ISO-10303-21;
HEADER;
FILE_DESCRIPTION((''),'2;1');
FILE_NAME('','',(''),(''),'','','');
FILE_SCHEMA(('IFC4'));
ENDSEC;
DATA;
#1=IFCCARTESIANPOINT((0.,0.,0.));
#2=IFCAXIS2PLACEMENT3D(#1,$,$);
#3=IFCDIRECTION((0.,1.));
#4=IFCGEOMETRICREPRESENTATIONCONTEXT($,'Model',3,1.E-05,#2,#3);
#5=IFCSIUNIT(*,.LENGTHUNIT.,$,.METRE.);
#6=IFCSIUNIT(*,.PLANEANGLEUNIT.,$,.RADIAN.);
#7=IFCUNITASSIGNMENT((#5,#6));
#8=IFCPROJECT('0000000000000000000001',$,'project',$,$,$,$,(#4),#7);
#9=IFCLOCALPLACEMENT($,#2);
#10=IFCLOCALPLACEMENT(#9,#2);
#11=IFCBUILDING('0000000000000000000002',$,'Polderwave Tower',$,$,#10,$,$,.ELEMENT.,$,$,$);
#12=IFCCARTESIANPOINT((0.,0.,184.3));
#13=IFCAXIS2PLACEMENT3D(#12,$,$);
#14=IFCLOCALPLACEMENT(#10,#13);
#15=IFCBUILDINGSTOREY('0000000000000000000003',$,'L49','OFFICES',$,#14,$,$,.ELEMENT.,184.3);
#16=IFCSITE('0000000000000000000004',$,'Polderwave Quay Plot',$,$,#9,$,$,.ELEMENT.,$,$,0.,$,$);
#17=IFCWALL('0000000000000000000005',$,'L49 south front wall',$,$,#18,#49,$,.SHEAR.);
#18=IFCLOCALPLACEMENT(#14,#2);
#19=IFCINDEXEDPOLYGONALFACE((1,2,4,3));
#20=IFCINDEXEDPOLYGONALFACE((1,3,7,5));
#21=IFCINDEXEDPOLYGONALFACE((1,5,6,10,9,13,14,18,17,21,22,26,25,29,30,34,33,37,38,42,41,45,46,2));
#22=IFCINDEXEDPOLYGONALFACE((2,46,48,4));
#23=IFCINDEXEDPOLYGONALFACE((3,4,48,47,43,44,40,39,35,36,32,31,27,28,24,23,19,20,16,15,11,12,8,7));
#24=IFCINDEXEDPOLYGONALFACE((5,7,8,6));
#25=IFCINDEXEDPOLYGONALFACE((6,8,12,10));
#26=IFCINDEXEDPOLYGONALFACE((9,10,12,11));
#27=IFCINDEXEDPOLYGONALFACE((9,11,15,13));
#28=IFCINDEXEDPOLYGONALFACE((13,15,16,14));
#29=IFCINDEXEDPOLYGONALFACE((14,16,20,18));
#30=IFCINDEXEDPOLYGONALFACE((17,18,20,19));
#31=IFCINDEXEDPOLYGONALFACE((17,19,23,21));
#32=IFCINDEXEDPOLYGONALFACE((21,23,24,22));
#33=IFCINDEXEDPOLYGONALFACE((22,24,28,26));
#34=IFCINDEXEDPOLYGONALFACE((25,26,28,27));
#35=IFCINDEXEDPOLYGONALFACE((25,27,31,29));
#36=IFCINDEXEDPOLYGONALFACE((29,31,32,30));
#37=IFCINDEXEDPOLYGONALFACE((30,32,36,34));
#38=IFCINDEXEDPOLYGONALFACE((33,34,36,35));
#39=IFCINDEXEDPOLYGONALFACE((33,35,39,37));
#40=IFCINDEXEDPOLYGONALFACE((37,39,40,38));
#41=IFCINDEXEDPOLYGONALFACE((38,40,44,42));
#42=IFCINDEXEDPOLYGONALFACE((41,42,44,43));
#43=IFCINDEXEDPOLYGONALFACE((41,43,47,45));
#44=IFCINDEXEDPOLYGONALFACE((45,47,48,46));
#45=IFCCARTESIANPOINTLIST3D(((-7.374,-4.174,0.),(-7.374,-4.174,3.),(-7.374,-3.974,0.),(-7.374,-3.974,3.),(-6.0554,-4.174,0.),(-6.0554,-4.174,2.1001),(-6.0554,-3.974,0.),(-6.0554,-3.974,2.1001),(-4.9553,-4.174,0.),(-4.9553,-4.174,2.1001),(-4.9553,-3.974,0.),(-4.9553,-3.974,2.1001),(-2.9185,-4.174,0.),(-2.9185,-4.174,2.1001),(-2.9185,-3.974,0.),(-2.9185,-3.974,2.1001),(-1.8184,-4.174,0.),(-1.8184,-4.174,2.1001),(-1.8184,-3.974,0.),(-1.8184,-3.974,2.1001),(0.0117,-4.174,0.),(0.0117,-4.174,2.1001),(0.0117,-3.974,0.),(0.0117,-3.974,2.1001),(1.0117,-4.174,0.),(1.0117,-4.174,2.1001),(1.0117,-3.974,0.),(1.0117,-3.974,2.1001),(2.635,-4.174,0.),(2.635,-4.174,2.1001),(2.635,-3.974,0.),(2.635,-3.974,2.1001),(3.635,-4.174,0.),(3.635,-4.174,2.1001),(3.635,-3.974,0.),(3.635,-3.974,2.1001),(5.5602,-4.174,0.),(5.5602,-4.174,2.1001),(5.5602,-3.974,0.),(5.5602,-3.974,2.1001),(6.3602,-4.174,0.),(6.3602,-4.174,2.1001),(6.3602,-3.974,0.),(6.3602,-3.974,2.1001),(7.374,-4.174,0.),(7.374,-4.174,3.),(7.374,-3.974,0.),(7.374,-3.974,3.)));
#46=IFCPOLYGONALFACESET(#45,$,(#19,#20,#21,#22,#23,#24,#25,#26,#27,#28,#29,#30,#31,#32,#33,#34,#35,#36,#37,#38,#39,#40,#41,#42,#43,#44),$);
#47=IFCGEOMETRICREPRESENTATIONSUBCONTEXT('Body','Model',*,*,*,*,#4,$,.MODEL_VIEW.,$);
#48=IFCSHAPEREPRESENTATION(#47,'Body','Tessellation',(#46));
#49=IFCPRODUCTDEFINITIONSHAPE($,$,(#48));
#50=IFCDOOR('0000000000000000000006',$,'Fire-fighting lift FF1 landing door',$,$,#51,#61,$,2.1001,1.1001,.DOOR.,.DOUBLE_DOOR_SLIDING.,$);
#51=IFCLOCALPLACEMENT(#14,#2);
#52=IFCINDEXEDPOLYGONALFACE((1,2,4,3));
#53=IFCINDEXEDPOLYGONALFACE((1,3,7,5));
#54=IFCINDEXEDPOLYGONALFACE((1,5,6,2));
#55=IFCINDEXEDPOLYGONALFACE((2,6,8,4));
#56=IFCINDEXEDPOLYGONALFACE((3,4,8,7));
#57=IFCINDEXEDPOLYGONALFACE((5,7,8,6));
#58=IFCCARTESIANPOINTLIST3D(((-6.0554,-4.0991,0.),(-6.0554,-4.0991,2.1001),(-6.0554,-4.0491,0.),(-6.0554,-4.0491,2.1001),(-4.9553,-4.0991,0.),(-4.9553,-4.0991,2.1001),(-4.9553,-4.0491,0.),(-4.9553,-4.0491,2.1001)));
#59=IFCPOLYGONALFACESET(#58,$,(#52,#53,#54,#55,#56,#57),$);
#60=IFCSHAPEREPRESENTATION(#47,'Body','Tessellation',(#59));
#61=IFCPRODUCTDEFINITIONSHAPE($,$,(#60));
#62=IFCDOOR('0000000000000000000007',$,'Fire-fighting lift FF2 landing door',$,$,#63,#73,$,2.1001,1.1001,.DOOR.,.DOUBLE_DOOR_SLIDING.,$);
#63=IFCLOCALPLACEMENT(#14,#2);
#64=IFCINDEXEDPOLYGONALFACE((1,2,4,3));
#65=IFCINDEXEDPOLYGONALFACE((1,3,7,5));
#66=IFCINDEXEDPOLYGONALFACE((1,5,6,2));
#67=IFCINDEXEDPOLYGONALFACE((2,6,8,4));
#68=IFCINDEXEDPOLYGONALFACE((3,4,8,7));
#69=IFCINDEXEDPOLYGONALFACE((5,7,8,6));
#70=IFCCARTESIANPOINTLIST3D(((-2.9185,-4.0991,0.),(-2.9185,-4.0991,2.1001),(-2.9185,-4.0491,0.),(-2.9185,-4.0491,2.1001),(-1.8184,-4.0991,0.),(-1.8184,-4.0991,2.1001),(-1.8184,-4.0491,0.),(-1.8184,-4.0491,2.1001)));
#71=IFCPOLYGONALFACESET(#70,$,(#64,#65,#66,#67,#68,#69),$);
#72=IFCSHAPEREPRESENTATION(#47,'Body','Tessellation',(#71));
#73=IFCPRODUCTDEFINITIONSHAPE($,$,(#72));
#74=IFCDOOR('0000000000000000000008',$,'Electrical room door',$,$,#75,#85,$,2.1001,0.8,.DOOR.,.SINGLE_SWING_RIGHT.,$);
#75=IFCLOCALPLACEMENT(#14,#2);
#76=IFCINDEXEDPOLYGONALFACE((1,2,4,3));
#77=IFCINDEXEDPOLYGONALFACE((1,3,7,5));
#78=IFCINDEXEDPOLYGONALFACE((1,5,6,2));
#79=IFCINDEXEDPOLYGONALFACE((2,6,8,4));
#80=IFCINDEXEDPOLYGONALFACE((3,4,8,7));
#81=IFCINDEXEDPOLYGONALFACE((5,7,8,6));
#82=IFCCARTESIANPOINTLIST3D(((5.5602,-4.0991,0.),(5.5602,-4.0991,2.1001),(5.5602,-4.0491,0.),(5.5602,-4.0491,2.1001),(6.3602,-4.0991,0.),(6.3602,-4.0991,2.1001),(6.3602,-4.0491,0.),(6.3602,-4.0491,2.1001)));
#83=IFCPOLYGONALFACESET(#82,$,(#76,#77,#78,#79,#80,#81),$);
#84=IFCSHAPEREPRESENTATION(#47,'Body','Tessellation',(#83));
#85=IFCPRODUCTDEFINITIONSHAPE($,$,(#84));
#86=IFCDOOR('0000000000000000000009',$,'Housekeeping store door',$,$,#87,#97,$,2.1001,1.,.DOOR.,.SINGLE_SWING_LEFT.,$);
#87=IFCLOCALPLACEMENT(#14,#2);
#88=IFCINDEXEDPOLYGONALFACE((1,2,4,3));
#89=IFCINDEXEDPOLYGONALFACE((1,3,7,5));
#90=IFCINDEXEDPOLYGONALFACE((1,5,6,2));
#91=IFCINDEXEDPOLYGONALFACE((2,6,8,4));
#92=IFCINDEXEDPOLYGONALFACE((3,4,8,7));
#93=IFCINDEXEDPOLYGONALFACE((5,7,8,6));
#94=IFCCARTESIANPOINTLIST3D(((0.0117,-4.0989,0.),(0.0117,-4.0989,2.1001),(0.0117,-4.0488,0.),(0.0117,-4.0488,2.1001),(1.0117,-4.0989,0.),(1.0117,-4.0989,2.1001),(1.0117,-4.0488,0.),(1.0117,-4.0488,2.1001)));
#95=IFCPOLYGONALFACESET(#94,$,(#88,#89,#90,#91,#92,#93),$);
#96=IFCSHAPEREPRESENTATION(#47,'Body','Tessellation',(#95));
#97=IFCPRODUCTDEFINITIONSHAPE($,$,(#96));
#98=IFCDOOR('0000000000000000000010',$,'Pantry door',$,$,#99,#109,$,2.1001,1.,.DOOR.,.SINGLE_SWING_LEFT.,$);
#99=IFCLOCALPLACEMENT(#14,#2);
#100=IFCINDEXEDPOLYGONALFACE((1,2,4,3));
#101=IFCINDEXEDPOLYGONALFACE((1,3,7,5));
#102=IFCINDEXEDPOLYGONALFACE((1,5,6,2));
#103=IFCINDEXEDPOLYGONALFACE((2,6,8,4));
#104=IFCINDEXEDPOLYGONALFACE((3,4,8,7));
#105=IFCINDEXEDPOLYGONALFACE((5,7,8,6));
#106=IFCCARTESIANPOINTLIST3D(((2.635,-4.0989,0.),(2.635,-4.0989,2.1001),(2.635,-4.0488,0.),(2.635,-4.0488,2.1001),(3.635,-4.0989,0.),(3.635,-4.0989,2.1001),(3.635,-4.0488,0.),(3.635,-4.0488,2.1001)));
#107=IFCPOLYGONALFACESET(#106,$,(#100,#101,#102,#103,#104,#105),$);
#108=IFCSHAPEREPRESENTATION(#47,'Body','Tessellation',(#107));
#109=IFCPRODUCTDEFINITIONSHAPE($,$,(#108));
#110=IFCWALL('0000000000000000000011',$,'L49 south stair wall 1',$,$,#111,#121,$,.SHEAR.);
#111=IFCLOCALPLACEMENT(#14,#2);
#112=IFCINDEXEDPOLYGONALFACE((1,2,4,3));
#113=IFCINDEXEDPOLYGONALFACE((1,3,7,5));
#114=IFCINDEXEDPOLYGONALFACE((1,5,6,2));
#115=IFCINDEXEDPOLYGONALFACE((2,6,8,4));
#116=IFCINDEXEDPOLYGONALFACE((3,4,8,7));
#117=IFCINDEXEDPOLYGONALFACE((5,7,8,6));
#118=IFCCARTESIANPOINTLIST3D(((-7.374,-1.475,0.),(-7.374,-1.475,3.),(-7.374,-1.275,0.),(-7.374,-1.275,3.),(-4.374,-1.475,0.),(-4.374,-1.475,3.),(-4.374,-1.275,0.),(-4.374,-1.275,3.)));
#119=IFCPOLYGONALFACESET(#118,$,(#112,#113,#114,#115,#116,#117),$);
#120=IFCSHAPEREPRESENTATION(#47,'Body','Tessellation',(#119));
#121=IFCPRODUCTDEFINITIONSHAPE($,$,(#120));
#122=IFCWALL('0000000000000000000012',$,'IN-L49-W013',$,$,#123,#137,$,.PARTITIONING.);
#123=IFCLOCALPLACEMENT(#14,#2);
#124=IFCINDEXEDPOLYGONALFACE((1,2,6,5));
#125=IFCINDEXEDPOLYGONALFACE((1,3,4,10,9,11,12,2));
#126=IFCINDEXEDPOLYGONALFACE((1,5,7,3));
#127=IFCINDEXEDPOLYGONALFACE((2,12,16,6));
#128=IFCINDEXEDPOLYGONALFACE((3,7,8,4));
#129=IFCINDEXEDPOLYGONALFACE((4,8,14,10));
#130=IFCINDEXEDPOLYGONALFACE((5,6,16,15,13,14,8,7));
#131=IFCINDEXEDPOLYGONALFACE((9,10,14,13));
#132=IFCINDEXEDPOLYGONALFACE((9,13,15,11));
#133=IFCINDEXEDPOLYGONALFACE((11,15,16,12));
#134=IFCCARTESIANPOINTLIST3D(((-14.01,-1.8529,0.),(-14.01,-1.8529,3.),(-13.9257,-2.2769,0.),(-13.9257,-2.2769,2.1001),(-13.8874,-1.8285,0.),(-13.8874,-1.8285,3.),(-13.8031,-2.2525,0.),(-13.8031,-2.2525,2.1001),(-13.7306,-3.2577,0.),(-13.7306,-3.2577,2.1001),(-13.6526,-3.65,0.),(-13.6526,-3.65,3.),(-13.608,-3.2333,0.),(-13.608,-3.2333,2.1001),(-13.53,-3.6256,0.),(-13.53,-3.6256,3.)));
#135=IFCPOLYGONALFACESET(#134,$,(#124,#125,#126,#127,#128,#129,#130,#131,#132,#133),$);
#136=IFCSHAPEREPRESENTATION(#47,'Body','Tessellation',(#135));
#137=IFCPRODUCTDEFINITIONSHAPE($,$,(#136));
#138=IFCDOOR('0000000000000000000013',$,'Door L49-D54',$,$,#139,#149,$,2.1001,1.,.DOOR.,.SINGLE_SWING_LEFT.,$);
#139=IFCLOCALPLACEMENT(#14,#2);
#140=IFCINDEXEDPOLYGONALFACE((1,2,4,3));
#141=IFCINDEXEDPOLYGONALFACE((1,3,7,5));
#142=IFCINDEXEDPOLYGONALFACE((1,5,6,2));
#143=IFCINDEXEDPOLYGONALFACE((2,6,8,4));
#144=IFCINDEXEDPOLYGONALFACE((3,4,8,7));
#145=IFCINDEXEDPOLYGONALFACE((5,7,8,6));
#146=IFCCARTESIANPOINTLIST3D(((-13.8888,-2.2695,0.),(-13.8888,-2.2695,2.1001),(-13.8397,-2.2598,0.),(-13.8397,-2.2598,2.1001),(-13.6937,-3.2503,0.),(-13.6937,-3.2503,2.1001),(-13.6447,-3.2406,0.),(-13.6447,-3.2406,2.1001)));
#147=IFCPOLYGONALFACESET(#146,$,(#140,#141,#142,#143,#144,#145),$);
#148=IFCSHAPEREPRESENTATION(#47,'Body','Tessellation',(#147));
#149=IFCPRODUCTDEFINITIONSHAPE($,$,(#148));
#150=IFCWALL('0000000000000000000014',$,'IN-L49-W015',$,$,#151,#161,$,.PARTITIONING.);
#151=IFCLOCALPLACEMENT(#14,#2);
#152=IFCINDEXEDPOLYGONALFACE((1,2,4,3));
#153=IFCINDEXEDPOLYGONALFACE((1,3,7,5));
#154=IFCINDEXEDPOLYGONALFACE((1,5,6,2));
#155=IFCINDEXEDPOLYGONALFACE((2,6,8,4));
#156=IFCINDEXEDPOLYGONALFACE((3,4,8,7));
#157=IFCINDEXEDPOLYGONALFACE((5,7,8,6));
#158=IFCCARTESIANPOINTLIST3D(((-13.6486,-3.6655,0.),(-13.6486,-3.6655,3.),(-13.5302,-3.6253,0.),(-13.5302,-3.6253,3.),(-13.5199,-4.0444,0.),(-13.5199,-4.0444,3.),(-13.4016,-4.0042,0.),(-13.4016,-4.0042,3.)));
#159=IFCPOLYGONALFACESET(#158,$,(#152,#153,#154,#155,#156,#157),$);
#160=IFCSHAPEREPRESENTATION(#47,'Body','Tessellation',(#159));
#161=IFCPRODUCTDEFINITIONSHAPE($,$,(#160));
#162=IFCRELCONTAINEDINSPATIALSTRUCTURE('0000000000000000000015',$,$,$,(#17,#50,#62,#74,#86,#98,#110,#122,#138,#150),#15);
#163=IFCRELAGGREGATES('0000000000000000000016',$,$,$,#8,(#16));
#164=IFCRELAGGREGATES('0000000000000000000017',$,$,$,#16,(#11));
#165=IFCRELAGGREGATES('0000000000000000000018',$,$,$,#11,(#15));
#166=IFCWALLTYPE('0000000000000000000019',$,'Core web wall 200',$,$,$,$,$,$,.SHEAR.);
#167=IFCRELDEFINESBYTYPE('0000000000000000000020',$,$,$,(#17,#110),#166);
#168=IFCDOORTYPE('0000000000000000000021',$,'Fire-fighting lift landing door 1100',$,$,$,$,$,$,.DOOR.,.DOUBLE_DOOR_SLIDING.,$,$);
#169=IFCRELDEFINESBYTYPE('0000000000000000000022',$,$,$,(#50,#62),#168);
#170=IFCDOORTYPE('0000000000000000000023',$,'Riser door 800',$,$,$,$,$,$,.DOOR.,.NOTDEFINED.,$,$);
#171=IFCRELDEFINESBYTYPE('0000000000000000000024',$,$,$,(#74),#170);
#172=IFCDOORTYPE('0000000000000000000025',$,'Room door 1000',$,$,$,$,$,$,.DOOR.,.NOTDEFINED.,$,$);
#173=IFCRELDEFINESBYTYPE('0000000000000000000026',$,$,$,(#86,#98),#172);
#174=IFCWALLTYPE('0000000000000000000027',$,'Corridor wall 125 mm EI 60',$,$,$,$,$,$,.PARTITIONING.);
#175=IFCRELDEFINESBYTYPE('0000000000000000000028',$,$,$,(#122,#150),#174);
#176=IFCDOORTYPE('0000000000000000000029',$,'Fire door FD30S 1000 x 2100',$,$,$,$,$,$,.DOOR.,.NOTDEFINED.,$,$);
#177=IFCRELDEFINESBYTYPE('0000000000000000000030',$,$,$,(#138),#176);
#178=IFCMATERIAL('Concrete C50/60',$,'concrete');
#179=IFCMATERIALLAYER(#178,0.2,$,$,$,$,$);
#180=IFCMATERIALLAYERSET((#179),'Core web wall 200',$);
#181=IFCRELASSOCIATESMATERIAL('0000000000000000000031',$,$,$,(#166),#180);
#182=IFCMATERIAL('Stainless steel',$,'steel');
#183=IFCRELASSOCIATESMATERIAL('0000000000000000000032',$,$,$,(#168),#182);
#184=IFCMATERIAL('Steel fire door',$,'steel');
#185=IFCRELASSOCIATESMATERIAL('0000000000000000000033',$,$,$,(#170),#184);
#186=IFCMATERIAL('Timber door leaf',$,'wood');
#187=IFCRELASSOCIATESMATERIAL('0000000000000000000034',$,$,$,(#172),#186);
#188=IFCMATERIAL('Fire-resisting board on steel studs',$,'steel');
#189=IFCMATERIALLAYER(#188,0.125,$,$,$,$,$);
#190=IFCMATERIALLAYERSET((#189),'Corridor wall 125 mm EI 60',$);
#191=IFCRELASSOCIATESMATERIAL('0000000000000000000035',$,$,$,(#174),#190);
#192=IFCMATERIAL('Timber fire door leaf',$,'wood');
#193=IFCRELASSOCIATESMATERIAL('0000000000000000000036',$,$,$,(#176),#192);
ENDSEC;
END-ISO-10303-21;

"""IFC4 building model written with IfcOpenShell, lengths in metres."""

from ifc_helpers import new_model, si_unit, direction, frame, frame_2d, origin, place, context, subcontext, project, spatial, rectangle, extrude, material, layer, layer_set, type_object, element, fill, save


model = new_model("IFC4")

# Units and contexts
model_context = context("Model", 3, precision=1e-05, world=origin(), true_north=direction((0.0, 1.0)))
body_context = subcontext(model_context, "Body", "Model", "MODEL_VIEW")
ifc_project = project(units=[si_unit("LENGTHUNIT", "METRE"), si_unit("PLANEANGLEUNIT", "RADIAN")], contexts=[model_context])

# Site, building, storey
site_placement = place(None, origin())
site = spatial("IfcSite", under=ifc_project, at=site_placement, Name="Polderwave Quay Plot", CompositionType="ELEMENT", RefElevation=0.0)
building_placement = place(site_placement, origin())
building = spatial("IfcBuilding", under=site, at=building_placement, Name="Polderwave Tower", CompositionType="ELEMENT")
storey_placement = place(building_placement, frame((0.0, 0.0, 184.3)))
storey = spatial("IfcBuildingStorey", under=building, at=storey_placement, Name="L49", Description="OFFICES", CompositionType="ELEMENT", Elevation=184.3)

# Wall, openings, doors
ifc_material_1 = material(Name="Steel fire door", Category="steel")
ifc_material_2 = material(Name="Concrete C50/60", Category="concrete")
ifc_layer_1 = layer(ifc_material_2, 0.2)
ifc_layer_set_1 = layer_set([ifc_layer_1], Name="Core web wall 200")
wall_type_1 = type_object("IfcWallType", Name="Core web wall 200", PredefinedType="SHEAR", material=ifc_layer_set_1)
wall_1_placement = place(storey_placement, frame((-7.374, -4.074, 0.0), z_axis=(0.0, 0.0, 1.0), x_axis=(1.0, 0.0, 0.0)))
wall_1 = element("IfcWall", 1, at=wall_1_placement, inside=storey, type_object=wall_type_1, Name="L49 south front wall", PredefinedType="SHEAR", context=body_context, shape_type="SweptSolid", body=[
    extrude(rectangle(XDim=14.748, YDim=0.2, at=frame_2d((7.374, 0.0))), origin(), (0.0, 0.0, 1.0), 3.0),
])
opening_1_placement = place(wall_1_placement, frame((1.3186, 0.0, 0.0)))
opening_1 = element("IfcOpeningElement", 2, at=opening_1_placement, cuts=wall_1, PredefinedType="OPENING", context=body_context, shape_type="SweptSolid", body=[
    extrude(rectangle(XDim=1.1001, YDim=2.1001, at=frame_2d((0.55, 1.05))), frame((0.0, 0.1099, 0.0), z_axis=(0.0, -1.0, 0.0), x_axis=(1.0, 0.0, 0.0)), (0.0, 0.0, 1.0), 0.22),
])
opening_2_placement = place(wall_1_placement, frame((4.4556, 0.0, 0.0)))
opening_2 = element("IfcOpeningElement", 3, at=opening_2_placement, cuts=wall_1, PredefinedType="OPENING", context=body_context, shape_type="SweptSolid", body=[
    extrude(rectangle(XDim=1.1001, YDim=2.1001, at=frame_2d((0.55, 1.05))), frame((0.0, 0.1099, 0.0), z_axis=(0.0, -1.0, 0.0), x_axis=(1.0, 0.0, 0.0)), (0.0, 0.0, 1.0), 0.22),
])
opening_3_placement = place(wall_1_placement, frame((7.3857, 0.0, 0.0)))
opening_3 = element("IfcOpeningElement", 4, at=opening_3_placement, cuts=wall_1, PredefinedType="OPENING", context=body_context, shape_type="SweptSolid", body=[
    extrude(rectangle(XDim=1.0, YDim=2.1001, at=frame_2d((0.5, 1.05))), frame((0.0, 0.1099, 0.0), z_axis=(0.0, -1.0, 0.0), x_axis=(1.0, 0.0, 0.0)), (0.0, 0.0, 1.0), 0.22),
])
opening_4_placement = place(wall_1_placement, frame((10.009, 0.0, 0.0)))
opening_4 = element("IfcOpeningElement", 5, at=opening_4_placement, cuts=wall_1, PredefinedType="OPENING", context=body_context, shape_type="SweptSolid", body=[
    extrude(rectangle(XDim=1.0, YDim=2.1001, at=frame_2d((0.5, 1.05))), frame((0.0, 0.1099, 0.0), z_axis=(0.0, -1.0, 0.0), x_axis=(1.0, 0.0, 0.0)), (0.0, 0.0, 1.0), 0.22),
])
opening_5_placement = place(wall_1_placement, frame((12.9343, 0.0, 0.0)))
opening_5 = element("IfcOpeningElement", 6, at=opening_5_placement, cuts=wall_1, PredefinedType="OPENING", context=body_context, shape_type="SweptSolid", body=[
    extrude(rectangle(XDim=0.8, YDim=2.1001, at=frame_2d((0.3999, 1.05))), frame((0.0, 0.1099, 0.0), z_axis=(0.0, -1.0, 0.0), x_axis=(1.0, 0.0, 0.0)), (0.0, 0.0, 1.0), 0.22),
])
ifc_material_3 = material(Name="Stainless steel", Category="steel")
door_type_1 = type_object("IfcDoorType", Name="Fire-fighting lift landing door 1100", OperationType="DOUBLE_DOOR_SLIDING", PredefinedType="DOOR", material=ifc_material_3)
door_1_placement = place(opening_1_placement, origin())
door_1 = element("IfcDoor", 7, at=door_1_placement, inside=storey, type_object=door_type_1, Name="Fire-fighting lift FF1 landing door", OperationType="DOUBLE_DOOR_SLIDING", OverallHeight=2.1001, OverallWidth=1.1001, PredefinedType="DOOR", context=body_context, shape_type="SweptSolid", body=[
    extrude(rectangle(XDim=1.1001, YDim=2.1001, at=frame_2d((0.55, 1.05))), frame((0.0, 0.0249, 0.0), z_axis=(0.0, -1.0, 0.0), x_axis=(1.0, 0.0, 0.0)), (0.0, 0.0, 1.0), 0.05),
])
fill(opening_1, door_1)
door_2_placement = place(opening_2_placement, origin())
door_2 = element("IfcDoor", 8, at=door_2_placement, inside=storey, type_object=door_type_1, Name="Fire-fighting lift FF2 landing door", OperationType="DOUBLE_DOOR_SLIDING", OverallHeight=2.1001, OverallWidth=1.1001, PredefinedType="DOOR", context=body_context, shape_type="SweptSolid", body=[
    extrude(rectangle(XDim=1.1001, YDim=2.1001, at=frame_2d((0.55, 1.05))), frame((0.0, 0.0249, 0.0), z_axis=(0.0, -1.0, 0.0), x_axis=(1.0, 0.0, 0.0)), (0.0, 0.0, 1.0), 0.05),
])
fill(opening_2, door_2)
door_type_2 = type_object("IfcDoorType", Name="Riser door 800", OperationType="NOTDEFINED", PredefinedType="DOOR", material=ifc_material_1)
door_3_placement = place(opening_5_placement, origin())
door_3 = element("IfcDoor", 9, at=door_3_placement, inside=storey, type_object=door_type_2, Name="Electrical room door", OperationType="SINGLE_SWING_RIGHT", OverallHeight=2.1001, OverallWidth=0.8, PredefinedType="DOOR", context=body_context, shape_type="SweptSolid", body=[
    extrude(rectangle(XDim=0.8, YDim=2.1001, at=frame_2d((0.3999, 1.05))), frame((0.0, 0.0249, 0.0), z_axis=(0.0, -1.0, 0.0), x_axis=(1.0, 0.0, 0.0)), (0.0, 0.0, 1.0), 0.05),
])
fill(opening_5, door_3)
ifc_material_4 = material(Name="Timber door leaf", Category="wood")
door_type_3 = type_object("IfcDoorType", Name="Room door 1000", OperationType="NOTDEFINED", PredefinedType="DOOR", material=ifc_material_4)
door_4_placement = place(opening_3_placement, frame((1.0, 0.0, 0.0), z_axis=(0.0, 0.0, 1.0), x_axis=(-1.0, 0.0, 0.0)))
door_4 = element("IfcDoor", 10, at=door_4_placement, inside=storey, type_object=door_type_3, Name="Housekeeping store door", OperationType="SINGLE_SWING_LEFT", OverallHeight=2.1001, OverallWidth=1.0, PredefinedType="DOOR", context=body_context, shape_type="SweptSolid", body=[
    extrude(rectangle(XDim=1.0, YDim=2.1001, at=frame_2d((0.5, 1.05))), frame((0.0, 0.0249, 0.0), z_axis=(0.0, -1.0, 0.0), x_axis=(1.0, 0.0, 0.0)), (0.0, 0.0, 1.0), 0.05),
])
fill(opening_3, door_4)
door_5_placement = place(opening_4_placement, frame((1.0, 0.0, 0.0), z_axis=(0.0, 0.0, 1.0), x_axis=(-1.0, 0.0, 0.0)))
door_5 = element("IfcDoor", 11, at=door_5_placement, inside=storey, type_object=door_type_3, Name="Pantry door", OperationType="SINGLE_SWING_LEFT", OverallHeight=2.1001, OverallWidth=1.0, PredefinedType="DOOR", context=body_context, shape_type="SweptSolid", body=[
    extrude(rectangle(XDim=1.0, YDim=2.1001, at=frame_2d((0.5, 1.05))), frame((0.0, 0.0249, 0.0), z_axis=(0.0, -1.0, 0.0), x_axis=(1.0, 0.0, 0.0)), (0.0, 0.0, 1.0), 0.05),
])
fill(opening_4, door_5)

# Wall
wall_2_placement = place(storey_placement, frame((-7.374, -1.375, 0.0), z_axis=(0.0, 0.0, 1.0), x_axis=(1.0, 0.0, 0.0)))
element("IfcWall", 12, at=wall_2_placement, inside=storey, type_object=wall_type_1, Name="L49 south stair wall 1", PredefinedType="SHEAR", context=body_context, shape_type="SweptSolid", body=[
    extrude(rectangle(XDim=3.0, YDim=0.2, at=frame_2d((1.5, 0.0))), origin(), (0.0, 0.0, 1.0), 3.0),
])

# Wall, opening, door
ifc_material_5 = material(Name="Fire-resisting board on steel studs", Category="steel")
ifc_layer_2 = layer(ifc_material_5, 0.125)
ifc_layer_set_2 = layer_set([ifc_layer_2], Name="Corridor wall 125 mm EI 60")
wall_type_2 = type_object("IfcWallType", Name="Corridor wall 125 mm EI 60", PredefinedType="PARTITIONING", material=ifc_layer_set_2)
wall_3_placement = place(storey_placement, frame((-13.5913, -3.6377, 0.0), z_axis=(0.0, 0.0, 1.0), x_axis=(-0.195065, 0.98079, 0.0)))
wall_3 = element("IfcWall", 13, at=wall_3_placement, inside=storey, type_object=wall_type_2, Name="IN-L49-W013", PredefinedType="PARTITIONING", context=body_context, shape_type="SweptSolid", body=[
    extrude(rectangle(XDim=1.8323, YDim=0.125, at=frame_2d((0.916, 0.0))), origin(), (0.0, 0.0, 1.0), 3.0),
])
opening_6_placement = place(wall_3_placement, frame((0.3999, 0.0, 0.0)))
opening_6 = element("IfcOpeningElement", 14, at=opening_6_placement, cuts=wall_3, PredefinedType="OPENING", context=body_context, shape_type="SweptSolid", body=[
    extrude(rectangle(XDim=1.0, YDim=2.1001, at=frame_2d((0.5, 1.05))), frame((0.0, 0.0725, 0.0), z_axis=(0.0, -1.0, 0.0), x_axis=(1.0, 0.0, 0.0)), (0.0, 0.0, 1.0), 0.145),
])
ifc_material_6 = material(Name="Timber fire door leaf", Category="wood")
door_type_4 = type_object("IfcDoorType", Name="Fire door FD30S 1000 x 2100", OperationType="NOTDEFINED", PredefinedType="DOOR", material=ifc_material_6)
door_6_placement = place(opening_6_placement, origin())
door_6 = element("IfcDoor", 15, at=door_6_placement, inside=storey, type_object=door_type_4, Name="Door L49-D54", OperationType="SINGLE_SWING_LEFT", OverallHeight=2.1001, OverallWidth=1.0, PredefinedType="DOOR", context=body_context, shape_type="SweptSolid", body=[
    extrude(rectangle(XDim=1.0, YDim=2.1001, at=frame_2d((0.5, 1.05))), frame((0.0, 0.0249, 0.0), z_axis=(0.0, -1.0, 0.0), x_axis=(1.0, 0.0, 0.0)), (0.0, 0.0, 1.0), 0.05),
])
fill(opening_6, door_6)

# Wall
wall_4_placement = place(storey_placement, frame((-13.4607, -4.0244, 0.0), z_axis=(0.0, 0.0, 1.0), x_axis=(-0.321531, 0.946899, 0.0)))
element("IfcWall", 16, at=wall_4_placement, inside=storey, type_object=wall_type_2, Name="IN-L49-W015", PredefinedType="PARTITIONING", context=body_context, shape_type="SweptSolid", body=[
    extrude(rectangle(XDim=0.4001, YDim=0.125, at=frame_2d((0.2002, 0.0))), origin(), (0.0, 0.0, 1.0), 3.0),
])

save(model, "model.ifc")
